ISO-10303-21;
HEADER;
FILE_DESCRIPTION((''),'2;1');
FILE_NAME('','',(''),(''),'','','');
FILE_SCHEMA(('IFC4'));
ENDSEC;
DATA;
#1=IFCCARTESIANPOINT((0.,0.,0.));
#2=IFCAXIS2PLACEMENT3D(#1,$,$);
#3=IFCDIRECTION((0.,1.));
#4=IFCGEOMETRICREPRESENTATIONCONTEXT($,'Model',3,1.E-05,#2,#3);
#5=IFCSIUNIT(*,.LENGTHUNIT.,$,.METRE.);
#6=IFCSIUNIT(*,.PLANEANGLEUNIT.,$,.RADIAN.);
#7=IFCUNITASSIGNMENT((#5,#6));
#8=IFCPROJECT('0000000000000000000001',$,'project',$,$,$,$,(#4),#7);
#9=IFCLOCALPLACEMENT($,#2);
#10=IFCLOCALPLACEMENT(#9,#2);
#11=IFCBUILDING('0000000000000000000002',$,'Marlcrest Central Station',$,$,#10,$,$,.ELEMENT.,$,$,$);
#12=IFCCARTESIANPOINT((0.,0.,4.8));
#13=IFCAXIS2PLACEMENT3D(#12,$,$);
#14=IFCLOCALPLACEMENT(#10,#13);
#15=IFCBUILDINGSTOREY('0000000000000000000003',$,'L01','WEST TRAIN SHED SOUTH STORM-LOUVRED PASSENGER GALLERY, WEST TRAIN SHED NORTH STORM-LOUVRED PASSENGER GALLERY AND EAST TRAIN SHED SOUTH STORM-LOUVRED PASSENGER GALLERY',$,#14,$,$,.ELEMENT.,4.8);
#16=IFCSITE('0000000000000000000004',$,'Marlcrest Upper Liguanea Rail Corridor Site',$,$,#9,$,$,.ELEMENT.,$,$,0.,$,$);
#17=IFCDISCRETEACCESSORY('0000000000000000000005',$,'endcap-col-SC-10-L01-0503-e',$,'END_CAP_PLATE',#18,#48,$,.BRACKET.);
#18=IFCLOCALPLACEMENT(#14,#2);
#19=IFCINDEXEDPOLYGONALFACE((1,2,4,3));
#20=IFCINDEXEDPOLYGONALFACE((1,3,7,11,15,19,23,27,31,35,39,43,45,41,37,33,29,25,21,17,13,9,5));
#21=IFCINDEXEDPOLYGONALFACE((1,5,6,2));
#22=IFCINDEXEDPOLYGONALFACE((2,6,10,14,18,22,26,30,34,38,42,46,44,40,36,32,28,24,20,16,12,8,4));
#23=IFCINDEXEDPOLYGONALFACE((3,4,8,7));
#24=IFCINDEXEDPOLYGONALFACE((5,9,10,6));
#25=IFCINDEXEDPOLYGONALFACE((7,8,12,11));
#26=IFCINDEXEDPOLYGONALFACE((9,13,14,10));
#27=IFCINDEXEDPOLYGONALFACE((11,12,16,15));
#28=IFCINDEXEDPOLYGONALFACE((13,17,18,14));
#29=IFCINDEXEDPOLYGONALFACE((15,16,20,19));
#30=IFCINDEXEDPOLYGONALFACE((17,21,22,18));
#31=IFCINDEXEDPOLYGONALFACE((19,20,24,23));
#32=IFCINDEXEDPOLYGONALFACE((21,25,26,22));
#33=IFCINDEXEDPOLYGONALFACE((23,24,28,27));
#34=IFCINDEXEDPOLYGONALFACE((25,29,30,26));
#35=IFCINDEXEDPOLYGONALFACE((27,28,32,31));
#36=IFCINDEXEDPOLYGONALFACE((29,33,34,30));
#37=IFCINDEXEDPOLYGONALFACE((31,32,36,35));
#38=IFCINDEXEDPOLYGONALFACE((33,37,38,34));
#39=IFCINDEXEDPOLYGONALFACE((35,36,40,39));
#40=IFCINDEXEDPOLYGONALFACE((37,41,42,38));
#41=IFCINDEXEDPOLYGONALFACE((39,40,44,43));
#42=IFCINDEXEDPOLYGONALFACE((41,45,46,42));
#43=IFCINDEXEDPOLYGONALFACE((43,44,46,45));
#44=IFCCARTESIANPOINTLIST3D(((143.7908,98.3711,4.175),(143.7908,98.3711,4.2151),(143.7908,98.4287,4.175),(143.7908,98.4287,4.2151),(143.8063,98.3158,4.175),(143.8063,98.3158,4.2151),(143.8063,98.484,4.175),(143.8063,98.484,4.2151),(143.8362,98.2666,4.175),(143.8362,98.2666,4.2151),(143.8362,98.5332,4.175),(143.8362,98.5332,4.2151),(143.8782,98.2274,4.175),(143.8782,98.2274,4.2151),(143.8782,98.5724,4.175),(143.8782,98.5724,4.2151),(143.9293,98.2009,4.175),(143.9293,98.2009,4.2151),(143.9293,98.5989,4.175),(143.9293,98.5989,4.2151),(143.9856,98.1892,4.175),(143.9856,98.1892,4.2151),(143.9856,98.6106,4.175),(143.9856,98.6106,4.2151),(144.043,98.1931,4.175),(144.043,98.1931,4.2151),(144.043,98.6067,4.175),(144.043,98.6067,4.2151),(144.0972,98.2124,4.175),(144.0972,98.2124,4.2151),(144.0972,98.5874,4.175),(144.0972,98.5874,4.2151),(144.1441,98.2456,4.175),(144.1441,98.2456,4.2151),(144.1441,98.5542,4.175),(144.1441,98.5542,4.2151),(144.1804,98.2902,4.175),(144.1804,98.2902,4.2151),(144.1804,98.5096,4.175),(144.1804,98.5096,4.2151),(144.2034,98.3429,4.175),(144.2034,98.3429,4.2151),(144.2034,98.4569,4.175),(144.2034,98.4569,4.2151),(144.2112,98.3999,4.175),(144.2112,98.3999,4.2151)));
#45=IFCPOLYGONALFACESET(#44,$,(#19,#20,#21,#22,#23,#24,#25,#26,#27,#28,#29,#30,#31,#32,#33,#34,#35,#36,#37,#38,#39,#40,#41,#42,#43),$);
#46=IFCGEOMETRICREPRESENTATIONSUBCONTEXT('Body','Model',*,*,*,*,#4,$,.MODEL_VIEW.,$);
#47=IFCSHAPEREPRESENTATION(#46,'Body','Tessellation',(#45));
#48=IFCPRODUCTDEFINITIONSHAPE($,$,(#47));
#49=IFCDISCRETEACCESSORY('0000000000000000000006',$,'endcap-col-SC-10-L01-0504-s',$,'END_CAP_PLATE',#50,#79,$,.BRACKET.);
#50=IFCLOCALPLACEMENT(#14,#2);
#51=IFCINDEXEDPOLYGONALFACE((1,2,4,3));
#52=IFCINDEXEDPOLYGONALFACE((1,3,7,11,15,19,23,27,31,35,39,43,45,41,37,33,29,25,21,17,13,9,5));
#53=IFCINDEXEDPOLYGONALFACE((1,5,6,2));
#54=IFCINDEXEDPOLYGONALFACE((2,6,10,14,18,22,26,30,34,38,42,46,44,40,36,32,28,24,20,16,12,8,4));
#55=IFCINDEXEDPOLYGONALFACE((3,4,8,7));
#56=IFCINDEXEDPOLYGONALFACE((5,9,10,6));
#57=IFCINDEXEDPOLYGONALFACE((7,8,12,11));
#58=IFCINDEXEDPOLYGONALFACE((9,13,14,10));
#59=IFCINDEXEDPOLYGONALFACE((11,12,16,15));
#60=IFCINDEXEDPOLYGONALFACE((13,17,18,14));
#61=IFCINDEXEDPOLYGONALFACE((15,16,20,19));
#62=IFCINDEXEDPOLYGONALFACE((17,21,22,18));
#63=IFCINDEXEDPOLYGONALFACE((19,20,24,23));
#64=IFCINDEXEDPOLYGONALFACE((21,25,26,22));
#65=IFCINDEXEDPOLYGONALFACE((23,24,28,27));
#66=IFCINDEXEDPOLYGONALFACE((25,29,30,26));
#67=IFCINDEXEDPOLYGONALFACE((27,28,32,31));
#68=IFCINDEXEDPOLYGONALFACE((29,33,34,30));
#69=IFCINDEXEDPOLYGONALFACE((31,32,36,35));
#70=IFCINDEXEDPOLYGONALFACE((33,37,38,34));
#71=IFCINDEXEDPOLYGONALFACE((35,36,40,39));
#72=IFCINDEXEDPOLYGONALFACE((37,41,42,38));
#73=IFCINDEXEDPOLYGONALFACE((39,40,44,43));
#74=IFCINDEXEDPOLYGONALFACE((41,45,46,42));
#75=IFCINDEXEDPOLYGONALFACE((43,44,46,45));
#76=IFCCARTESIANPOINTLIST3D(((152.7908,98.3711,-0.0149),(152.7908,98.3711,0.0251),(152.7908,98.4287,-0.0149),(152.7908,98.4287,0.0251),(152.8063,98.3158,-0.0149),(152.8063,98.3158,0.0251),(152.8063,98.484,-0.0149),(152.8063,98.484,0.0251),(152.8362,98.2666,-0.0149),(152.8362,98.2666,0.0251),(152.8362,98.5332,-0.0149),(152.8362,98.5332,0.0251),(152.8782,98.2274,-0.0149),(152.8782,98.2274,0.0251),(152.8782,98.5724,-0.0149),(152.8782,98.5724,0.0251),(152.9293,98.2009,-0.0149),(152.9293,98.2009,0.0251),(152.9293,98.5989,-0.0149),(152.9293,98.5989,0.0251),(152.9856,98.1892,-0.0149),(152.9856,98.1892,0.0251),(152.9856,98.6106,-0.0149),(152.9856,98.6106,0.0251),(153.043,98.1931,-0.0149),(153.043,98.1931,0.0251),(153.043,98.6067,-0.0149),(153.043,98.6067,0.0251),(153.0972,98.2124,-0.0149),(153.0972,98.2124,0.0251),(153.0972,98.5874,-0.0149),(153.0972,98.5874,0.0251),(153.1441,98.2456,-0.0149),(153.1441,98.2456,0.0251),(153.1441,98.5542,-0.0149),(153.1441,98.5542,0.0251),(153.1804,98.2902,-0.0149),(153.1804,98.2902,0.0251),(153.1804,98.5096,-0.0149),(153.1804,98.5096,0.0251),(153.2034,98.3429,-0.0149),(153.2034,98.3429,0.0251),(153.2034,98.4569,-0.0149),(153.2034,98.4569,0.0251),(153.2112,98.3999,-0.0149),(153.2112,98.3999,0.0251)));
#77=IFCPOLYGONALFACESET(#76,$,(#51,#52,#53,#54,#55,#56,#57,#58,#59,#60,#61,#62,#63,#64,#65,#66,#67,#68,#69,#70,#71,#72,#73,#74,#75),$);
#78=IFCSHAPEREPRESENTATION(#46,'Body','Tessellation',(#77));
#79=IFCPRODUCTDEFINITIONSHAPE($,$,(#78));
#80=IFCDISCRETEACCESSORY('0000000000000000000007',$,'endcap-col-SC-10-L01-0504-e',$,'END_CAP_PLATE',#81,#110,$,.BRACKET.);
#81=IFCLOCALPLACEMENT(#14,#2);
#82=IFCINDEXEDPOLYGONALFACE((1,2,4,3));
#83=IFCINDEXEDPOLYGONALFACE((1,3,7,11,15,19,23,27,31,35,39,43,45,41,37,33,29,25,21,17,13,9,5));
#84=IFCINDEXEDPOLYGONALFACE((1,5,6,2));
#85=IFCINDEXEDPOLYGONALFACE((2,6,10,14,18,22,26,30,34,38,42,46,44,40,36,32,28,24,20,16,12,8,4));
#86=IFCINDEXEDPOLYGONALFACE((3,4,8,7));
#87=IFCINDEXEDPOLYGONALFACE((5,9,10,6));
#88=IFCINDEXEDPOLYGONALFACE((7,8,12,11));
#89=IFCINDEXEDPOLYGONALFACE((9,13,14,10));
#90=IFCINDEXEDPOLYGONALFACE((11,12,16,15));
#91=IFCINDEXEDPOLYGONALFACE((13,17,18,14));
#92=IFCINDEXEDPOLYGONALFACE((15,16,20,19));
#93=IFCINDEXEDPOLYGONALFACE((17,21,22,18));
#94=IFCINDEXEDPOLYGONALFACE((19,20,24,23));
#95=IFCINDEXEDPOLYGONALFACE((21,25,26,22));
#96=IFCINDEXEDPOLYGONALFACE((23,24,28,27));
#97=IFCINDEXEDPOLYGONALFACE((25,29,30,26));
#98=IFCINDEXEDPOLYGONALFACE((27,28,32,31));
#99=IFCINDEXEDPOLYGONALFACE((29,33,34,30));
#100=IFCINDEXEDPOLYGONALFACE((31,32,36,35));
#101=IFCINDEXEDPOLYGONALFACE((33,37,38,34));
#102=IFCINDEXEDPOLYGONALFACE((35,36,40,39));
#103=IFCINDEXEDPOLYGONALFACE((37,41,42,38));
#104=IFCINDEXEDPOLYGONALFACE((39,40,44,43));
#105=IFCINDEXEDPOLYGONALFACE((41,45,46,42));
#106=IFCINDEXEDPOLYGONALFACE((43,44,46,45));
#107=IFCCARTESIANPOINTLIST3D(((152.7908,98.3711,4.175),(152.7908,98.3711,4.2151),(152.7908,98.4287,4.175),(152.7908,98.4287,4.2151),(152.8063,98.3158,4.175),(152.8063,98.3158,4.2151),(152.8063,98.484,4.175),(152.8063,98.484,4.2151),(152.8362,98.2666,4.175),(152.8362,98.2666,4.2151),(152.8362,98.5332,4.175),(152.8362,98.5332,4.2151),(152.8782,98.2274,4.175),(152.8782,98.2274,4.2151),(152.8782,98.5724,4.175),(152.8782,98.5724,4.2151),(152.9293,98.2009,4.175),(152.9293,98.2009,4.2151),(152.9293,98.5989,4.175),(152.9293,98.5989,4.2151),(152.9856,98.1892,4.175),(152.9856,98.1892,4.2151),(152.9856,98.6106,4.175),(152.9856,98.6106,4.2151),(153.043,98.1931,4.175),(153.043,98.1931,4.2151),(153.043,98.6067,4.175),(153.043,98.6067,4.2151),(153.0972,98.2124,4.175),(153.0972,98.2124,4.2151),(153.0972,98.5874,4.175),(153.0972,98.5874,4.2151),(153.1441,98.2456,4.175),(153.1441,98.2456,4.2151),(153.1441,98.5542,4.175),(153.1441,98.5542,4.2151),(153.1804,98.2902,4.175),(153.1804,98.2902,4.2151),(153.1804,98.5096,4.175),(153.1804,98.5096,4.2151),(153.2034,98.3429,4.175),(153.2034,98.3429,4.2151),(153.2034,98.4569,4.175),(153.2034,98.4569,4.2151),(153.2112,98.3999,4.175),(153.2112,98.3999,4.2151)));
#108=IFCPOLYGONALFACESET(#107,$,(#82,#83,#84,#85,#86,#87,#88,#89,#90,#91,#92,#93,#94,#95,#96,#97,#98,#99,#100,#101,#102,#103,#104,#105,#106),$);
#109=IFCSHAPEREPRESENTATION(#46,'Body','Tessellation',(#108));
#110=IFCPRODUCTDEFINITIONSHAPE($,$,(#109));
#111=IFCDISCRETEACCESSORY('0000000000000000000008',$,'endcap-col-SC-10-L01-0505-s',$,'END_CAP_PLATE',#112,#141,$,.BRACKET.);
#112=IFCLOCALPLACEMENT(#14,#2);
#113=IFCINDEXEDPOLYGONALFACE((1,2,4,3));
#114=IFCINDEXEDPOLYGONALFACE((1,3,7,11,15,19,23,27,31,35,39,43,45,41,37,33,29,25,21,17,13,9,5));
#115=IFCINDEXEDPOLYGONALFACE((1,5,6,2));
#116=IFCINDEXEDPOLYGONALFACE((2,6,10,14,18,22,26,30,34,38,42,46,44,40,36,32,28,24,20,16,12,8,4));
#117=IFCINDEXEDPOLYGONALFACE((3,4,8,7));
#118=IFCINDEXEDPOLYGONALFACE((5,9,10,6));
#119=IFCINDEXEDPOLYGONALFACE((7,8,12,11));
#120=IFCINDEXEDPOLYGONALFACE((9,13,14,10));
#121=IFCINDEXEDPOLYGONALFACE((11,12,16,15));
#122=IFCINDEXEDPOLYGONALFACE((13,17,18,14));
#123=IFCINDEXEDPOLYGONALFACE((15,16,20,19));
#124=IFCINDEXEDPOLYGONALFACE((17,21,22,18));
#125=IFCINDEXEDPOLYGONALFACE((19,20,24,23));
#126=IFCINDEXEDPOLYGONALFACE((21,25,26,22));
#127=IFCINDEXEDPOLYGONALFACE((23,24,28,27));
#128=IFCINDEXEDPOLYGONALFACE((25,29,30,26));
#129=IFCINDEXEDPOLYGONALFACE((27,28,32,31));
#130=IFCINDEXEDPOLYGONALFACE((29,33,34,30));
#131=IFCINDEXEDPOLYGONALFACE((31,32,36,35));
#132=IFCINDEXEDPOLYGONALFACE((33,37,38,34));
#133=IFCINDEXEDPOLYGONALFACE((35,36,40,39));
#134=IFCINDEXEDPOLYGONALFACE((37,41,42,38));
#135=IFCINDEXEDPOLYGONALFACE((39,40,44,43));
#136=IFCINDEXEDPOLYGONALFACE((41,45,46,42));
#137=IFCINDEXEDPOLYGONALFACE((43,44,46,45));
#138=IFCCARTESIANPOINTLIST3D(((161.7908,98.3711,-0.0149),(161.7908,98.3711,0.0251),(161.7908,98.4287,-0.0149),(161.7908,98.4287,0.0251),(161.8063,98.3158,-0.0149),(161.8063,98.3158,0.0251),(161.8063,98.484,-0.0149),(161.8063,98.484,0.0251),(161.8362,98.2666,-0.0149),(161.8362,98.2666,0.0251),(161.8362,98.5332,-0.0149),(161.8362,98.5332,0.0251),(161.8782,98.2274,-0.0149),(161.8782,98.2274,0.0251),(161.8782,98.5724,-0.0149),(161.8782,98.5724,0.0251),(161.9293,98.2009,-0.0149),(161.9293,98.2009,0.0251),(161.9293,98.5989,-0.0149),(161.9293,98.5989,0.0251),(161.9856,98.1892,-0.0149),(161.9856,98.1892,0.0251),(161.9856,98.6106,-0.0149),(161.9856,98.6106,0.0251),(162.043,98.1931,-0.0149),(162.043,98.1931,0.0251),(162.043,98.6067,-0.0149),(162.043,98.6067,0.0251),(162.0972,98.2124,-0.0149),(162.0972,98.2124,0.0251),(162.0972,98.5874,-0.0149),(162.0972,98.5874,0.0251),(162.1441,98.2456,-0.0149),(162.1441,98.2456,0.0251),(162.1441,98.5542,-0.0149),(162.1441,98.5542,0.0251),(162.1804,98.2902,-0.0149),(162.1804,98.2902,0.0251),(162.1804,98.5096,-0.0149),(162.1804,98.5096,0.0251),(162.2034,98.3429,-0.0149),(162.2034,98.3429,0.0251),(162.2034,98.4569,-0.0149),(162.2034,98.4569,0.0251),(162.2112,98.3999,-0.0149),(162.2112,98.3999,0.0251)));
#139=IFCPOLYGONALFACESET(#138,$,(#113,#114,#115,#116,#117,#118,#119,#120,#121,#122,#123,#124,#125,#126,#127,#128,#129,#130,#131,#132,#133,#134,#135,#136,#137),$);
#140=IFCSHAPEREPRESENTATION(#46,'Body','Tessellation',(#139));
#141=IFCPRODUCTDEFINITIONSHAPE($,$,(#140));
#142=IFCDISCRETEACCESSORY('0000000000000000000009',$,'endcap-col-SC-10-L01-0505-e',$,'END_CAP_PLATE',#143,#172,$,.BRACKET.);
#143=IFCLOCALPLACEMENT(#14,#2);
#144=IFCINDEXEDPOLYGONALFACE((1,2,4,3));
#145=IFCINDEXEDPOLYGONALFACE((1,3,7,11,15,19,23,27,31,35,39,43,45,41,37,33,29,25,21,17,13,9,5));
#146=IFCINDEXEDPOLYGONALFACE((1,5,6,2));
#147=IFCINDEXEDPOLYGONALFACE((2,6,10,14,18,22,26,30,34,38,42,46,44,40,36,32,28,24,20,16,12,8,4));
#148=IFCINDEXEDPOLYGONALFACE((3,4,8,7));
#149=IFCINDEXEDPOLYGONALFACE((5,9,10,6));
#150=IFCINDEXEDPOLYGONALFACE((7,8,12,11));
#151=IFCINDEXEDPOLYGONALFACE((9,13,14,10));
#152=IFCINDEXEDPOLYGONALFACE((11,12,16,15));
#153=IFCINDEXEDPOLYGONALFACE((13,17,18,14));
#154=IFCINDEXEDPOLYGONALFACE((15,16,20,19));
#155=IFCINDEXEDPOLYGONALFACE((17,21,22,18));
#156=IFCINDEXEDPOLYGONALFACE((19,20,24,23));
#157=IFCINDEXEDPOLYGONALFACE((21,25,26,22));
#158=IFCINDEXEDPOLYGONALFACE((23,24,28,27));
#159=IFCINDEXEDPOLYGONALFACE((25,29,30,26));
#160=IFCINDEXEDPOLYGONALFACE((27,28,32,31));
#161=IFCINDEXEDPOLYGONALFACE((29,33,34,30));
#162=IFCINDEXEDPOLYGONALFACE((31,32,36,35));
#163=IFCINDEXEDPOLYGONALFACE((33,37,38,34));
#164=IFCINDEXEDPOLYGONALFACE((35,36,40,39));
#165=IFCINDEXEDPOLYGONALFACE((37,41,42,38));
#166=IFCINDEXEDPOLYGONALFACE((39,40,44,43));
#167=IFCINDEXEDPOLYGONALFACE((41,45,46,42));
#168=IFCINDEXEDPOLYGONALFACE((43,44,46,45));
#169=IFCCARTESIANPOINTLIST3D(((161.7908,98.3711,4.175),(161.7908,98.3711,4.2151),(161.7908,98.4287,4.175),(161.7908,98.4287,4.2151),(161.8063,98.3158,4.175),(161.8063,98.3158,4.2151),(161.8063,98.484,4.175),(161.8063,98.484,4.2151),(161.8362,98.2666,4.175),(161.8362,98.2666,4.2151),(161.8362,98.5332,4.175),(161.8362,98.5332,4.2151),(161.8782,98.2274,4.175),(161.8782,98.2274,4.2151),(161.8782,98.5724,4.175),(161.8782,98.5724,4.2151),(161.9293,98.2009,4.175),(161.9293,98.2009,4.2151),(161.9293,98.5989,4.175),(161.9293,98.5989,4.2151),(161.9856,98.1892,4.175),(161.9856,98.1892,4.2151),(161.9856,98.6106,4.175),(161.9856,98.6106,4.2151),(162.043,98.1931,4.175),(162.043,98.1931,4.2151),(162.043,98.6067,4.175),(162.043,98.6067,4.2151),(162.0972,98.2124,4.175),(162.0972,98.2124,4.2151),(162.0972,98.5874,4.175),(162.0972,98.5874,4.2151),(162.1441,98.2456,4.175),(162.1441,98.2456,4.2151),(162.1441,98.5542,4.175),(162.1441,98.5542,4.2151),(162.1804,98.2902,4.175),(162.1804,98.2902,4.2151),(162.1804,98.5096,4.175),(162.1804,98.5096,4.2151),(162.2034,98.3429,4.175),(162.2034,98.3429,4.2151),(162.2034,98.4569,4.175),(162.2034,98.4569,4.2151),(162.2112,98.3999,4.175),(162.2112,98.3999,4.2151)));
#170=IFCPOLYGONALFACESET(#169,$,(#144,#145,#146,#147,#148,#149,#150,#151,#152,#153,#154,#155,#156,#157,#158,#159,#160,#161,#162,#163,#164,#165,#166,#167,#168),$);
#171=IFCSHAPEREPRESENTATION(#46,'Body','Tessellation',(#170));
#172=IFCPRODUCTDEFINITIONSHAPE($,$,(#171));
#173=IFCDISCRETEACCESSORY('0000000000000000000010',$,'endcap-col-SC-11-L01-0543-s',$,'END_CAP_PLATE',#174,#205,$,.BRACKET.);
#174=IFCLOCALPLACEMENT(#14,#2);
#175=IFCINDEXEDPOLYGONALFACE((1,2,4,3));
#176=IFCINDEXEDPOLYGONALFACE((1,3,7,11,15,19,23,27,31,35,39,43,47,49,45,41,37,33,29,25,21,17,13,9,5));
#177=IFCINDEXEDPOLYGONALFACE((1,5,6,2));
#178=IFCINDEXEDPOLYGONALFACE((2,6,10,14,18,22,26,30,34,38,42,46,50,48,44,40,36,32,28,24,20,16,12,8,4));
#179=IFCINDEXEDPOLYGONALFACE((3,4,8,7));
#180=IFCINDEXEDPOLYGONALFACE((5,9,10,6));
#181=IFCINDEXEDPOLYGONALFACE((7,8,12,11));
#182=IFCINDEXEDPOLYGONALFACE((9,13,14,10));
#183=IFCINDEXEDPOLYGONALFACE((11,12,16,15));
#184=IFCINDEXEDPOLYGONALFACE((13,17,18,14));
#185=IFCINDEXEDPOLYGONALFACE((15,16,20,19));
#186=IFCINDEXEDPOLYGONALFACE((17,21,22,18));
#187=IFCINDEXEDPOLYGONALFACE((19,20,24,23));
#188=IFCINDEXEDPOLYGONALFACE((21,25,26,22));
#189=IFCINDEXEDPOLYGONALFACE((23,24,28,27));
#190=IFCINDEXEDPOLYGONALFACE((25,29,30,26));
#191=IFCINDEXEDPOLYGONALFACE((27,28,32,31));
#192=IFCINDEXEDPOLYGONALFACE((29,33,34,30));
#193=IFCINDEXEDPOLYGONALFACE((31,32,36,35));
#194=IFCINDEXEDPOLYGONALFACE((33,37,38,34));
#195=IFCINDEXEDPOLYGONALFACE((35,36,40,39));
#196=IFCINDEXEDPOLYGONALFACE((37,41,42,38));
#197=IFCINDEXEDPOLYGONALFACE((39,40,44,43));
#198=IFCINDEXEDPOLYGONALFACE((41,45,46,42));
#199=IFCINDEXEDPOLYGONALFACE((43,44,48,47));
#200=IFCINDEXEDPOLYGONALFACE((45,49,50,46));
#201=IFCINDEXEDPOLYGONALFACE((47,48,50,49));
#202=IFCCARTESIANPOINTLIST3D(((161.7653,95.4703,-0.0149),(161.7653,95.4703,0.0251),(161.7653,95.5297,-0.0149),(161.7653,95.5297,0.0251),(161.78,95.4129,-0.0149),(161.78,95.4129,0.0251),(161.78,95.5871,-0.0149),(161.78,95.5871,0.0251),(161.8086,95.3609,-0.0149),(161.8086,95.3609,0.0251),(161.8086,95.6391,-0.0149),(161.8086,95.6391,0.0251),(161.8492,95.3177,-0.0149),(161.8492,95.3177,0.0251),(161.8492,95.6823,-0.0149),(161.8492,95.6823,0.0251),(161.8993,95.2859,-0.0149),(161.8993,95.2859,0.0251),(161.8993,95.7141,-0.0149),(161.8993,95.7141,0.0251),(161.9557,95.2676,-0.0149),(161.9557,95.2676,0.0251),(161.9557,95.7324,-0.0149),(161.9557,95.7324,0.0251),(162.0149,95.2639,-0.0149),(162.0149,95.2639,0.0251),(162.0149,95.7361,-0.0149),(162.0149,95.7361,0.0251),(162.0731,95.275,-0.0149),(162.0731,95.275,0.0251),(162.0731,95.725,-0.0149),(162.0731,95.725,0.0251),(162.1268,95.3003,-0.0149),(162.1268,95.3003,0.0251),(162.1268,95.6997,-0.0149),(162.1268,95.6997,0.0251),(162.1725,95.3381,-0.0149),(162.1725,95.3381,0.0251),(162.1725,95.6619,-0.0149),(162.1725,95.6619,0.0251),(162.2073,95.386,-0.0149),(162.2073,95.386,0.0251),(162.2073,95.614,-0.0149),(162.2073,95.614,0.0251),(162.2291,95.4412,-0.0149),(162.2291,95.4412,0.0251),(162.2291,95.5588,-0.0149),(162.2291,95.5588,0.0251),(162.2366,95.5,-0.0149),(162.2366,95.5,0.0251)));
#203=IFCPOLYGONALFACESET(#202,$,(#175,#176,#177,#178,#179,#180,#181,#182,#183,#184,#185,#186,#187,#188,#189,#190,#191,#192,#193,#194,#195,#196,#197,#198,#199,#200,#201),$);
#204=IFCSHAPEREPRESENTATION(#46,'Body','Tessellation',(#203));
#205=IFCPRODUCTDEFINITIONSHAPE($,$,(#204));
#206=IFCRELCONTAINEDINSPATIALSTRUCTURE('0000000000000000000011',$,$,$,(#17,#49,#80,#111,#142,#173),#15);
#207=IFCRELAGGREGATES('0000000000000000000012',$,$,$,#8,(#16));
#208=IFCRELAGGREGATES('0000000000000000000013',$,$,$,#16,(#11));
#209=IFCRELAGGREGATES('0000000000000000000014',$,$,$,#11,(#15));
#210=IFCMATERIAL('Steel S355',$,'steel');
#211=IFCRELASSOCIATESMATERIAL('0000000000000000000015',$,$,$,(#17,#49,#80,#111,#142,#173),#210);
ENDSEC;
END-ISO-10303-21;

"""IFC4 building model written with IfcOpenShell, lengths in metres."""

from ifc_helpers import new_model, si_unit, direction, frame, origin, origin_2d, place, context, subcontext, project, spatial, circle, extrude, material, element, save


model = new_model("IFC4")

# Units and contexts
model_context = context("Model", 3, precision=1e-05, world=origin(), true_north=direction((0.0, 1.0)))
body_context = subcontext(model_context, "Body", "Model", "MODEL_VIEW")
ifc_project = project(units=[si_unit("LENGTHUNIT", "METRE"), si_unit("PLANEANGLEUNIT", "RADIAN")], contexts=[model_context])

# Site, building, storey
site_placement = place(None, origin())
site = spatial("IfcSite", under=ifc_project, at=site_placement, Name="Marlcrest Upper Liguanea Rail Corridor Site", CompositionType="ELEMENT", RefElevation=0.0)
building_placement = place(site_placement, origin())
building = spatial("IfcBuilding", under=site, at=building_placement, Name="Marlcrest Central Station", CompositionType="ELEMENT")
storey_placement = place(building_placement, frame((0.0, 0.0, 4.8)))
storey = spatial("IfcBuildingStorey", under=building, at=storey_placement, Name="L01", Description="WEST TRAIN SHED SOUTH STORM-LOUVRED PASSENGER GALLERY, WEST TRAIN SHED NORTH STORM-LOUVRED PASSENGER GALLERY AND EAST TRAIN SHED SOUTH STORM-LOUVRED PASSENGER GALLERY", CompositionType="ELEMENT", Elevation=4.8)

# Shared definitions
ifc_material_1 = material(Name="Steel S355", Category="steel")

# Discrete accessories
for number, where, z_axis, x_axis, name in (
    (1, (144.0, 98.3999, 4.175), (0.0, 0.0, 1.0), (1.0, 0.0, 0.0), "endcap-col-SC-10-L01-0503-e"),
    (2, (153.0, 98.3999, -0.0149), (0.0, 0.0, 1.0), (1.0, 0.0, 0.0), "endcap-col-SC-10-L01-0504-s"),
    (3, (153.0, 98.3999, 4.175), (0.0, 0.0, 1.0), (1.0, 0.0, 0.0), "endcap-col-SC-10-L01-0504-e"),
    (4, (162.0, 98.3999, -0.0149), (0.0, 0.0, 1.0), (1.0, 0.0, 0.0), "endcap-col-SC-10-L01-0505-s"),
    (5, (162.0, 98.3999, 4.175), (0.0, 0.0, 1.0), (1.0, 0.0, 0.0), "endcap-col-SC-10-L01-0505-e"),
):
    element("IfcDiscreteAccessory", number, at=place(storey_placement, frame(where, z_axis=z_axis, x_axis=x_axis)), inside=storey, material=ifc_material_1, Name=name, ObjectType="END_CAP_PLATE", PredefinedType="BRACKET", context=body_context, shape_type="SweptSolid", body=[
        extrude(circle(Radius=0.2112, at=origin_2d()), origin(), (0.0, 0.0, 1.0), 0.04),
    ])
for number, where, z_axis, x_axis, name in (
    (6, (162.0, 95.5, -0.0149), (0.0, 0.0, 1.0), (1.0, 0.0, 0.0), "endcap-col-SC-11-L01-0543-s"),
):
    element("IfcDiscreteAccessory", number, at=place(storey_placement, frame(where, z_axis=z_axis, x_axis=x_axis)), inside=storey, material=ifc_material_1, Name=name, ObjectType="END_CAP_PLATE", PredefinedType="BRACKET", context=body_context, shape_type="SweptSolid", body=[
        extrude(circle(Radius=0.2366, at=origin_2d()), origin(), (0.0, 0.0, 1.0), 0.04),
    ])

save(model, "model.ifc")
